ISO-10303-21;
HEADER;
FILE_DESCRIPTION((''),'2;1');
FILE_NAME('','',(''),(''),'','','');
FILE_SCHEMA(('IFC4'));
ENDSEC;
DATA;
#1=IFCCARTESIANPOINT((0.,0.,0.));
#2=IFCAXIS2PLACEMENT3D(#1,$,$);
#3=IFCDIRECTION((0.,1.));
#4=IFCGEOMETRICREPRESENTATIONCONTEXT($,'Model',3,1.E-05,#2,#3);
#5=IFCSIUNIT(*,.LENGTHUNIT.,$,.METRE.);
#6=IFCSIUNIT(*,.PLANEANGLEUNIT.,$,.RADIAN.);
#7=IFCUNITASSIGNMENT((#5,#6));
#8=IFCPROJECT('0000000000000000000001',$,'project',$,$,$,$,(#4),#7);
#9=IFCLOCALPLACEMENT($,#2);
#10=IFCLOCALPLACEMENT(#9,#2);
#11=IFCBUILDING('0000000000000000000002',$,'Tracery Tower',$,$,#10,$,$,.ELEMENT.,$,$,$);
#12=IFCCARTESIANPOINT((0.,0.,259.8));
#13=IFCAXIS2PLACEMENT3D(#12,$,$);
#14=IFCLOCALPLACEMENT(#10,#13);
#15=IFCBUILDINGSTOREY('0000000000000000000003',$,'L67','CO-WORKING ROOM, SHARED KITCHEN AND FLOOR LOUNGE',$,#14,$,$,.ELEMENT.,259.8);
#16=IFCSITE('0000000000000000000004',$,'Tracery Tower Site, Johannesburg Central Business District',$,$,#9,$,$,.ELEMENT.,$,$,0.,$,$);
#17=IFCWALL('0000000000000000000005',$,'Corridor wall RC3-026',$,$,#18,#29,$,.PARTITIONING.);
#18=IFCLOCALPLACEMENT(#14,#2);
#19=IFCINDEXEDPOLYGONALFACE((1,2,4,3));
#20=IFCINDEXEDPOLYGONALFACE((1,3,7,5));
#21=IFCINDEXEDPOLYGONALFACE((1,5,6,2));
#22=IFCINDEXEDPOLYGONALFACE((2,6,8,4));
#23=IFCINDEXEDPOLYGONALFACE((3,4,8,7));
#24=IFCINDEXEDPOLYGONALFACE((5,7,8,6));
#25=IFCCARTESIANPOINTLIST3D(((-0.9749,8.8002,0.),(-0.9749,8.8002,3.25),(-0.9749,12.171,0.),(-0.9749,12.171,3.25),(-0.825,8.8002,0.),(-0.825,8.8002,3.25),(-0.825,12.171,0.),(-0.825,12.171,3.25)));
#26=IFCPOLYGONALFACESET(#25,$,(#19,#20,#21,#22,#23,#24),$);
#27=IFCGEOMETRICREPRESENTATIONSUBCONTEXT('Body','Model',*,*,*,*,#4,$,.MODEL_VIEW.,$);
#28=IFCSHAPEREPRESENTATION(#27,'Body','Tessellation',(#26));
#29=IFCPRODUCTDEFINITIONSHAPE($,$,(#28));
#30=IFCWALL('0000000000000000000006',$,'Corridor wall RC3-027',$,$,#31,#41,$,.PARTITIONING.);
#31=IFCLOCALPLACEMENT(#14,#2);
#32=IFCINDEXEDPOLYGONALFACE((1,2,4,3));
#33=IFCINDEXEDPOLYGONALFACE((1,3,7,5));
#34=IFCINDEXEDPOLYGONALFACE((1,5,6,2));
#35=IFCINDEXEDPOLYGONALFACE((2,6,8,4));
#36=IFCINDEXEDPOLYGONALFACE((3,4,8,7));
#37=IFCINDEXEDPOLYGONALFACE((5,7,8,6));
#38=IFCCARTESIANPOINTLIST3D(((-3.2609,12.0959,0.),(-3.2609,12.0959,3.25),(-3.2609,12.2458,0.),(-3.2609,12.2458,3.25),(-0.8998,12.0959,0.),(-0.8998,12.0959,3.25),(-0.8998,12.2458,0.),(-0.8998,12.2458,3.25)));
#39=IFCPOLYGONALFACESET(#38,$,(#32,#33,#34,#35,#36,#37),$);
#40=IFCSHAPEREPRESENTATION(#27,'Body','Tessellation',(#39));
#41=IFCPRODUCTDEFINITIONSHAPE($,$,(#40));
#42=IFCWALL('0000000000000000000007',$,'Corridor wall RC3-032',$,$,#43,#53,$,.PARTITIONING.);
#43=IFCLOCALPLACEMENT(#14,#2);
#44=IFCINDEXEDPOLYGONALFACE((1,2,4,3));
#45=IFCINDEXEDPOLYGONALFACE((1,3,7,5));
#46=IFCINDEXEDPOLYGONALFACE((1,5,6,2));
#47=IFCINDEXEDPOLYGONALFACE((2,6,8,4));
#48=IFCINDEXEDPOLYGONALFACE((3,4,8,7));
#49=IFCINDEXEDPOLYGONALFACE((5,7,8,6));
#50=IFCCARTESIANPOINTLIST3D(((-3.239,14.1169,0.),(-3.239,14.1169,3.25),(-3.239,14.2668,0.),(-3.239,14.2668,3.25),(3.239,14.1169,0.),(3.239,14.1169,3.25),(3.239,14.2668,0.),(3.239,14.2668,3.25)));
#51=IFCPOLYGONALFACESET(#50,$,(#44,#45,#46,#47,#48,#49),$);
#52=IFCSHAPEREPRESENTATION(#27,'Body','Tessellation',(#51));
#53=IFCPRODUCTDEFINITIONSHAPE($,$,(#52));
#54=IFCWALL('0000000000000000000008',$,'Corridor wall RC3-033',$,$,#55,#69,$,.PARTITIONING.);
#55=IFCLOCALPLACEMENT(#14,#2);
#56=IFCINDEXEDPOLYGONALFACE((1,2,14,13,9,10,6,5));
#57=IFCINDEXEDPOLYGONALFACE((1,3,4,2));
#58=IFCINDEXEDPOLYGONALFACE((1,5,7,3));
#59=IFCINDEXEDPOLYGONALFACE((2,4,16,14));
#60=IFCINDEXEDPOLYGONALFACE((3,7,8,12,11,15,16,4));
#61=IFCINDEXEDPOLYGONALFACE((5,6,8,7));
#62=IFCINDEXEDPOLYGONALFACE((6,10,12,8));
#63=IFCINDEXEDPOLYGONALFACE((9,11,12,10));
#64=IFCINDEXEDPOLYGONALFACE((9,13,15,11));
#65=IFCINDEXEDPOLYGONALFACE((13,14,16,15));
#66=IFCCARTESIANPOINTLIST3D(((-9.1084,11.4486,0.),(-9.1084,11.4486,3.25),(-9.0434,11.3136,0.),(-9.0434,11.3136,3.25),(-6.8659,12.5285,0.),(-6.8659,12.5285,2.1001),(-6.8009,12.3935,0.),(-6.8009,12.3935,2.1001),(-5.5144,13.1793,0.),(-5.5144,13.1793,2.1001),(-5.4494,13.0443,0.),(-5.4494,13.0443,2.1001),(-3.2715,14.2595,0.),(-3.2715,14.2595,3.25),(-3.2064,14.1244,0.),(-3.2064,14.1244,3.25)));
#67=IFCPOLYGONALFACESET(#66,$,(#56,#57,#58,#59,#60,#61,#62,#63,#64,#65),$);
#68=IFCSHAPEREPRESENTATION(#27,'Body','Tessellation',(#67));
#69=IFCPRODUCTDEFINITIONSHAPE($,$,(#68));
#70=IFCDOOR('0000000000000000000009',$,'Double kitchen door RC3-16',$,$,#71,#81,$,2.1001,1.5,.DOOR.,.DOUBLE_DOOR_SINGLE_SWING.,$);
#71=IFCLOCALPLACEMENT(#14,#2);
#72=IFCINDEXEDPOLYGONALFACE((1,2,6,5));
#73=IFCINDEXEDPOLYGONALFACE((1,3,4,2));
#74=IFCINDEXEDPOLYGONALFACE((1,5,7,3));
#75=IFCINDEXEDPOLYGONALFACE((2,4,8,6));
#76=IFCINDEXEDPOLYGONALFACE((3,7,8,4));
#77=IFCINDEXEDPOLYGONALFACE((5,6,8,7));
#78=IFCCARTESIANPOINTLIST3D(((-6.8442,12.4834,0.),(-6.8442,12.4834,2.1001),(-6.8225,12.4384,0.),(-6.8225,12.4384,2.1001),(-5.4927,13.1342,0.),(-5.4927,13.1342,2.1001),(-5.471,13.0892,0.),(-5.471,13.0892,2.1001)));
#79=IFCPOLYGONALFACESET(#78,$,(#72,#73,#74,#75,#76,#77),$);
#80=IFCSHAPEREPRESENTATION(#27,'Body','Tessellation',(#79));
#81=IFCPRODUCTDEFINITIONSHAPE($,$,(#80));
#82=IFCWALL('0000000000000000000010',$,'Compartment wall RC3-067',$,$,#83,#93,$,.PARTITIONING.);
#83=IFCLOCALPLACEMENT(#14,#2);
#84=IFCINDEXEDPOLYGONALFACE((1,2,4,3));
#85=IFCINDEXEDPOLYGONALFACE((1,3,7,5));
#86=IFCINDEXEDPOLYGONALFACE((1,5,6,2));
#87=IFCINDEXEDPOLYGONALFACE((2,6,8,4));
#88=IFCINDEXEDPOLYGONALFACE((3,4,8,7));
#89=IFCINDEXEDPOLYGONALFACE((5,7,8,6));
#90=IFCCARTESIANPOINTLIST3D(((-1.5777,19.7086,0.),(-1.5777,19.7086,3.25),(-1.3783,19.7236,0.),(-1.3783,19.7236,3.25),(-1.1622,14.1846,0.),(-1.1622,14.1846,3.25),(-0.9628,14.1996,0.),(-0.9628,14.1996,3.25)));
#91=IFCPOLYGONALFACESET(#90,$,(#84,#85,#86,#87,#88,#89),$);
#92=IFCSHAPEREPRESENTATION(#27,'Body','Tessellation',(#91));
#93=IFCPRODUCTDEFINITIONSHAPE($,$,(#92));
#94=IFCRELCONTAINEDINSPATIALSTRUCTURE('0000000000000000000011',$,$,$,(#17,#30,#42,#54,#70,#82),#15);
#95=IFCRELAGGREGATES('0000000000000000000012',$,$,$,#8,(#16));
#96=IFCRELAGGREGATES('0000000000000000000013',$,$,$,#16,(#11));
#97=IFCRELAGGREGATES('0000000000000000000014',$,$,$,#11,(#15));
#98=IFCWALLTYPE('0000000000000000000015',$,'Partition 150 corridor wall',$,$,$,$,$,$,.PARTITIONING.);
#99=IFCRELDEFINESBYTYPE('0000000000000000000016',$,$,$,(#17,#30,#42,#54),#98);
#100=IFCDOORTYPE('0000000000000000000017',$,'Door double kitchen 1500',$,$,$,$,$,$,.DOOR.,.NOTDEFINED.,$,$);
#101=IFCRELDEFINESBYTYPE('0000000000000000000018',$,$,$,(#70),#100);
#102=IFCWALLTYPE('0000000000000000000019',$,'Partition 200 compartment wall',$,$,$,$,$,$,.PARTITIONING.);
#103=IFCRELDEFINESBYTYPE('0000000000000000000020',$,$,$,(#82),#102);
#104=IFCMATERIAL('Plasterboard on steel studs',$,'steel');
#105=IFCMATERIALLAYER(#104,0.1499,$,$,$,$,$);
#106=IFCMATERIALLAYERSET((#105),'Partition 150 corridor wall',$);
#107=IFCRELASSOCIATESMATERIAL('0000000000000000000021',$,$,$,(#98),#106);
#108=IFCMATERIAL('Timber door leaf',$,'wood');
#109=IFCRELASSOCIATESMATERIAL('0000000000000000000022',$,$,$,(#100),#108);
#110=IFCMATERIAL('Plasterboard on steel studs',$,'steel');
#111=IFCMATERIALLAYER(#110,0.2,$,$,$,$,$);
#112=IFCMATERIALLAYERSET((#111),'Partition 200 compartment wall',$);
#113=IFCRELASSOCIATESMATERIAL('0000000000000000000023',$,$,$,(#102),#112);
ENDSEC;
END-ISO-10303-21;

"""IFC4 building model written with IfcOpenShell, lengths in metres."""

from ifc_helpers import new_model, si_unit, direction, frame, frame_2d, origin, place, context, subcontext, project, spatial, rectangle, extrude, material, layer, layer_set, type_object, element, fill, save


model = new_model("IFC4")

# Units and contexts
model_context = context("Model", 3, precision=1e-05, world=origin(), true_north=direction((0.0, 1.0)))
body_context = subcontext(model_context, "Body", "Model", "MODEL_VIEW")
ifc_project = project(units=[si_unit("LENGTHUNIT", "METRE"), si_unit("PLANEANGLEUNIT", "RADIAN")], contexts=[model_context])

# Site, building, storey
site_placement = place(None, origin())
site = spatial("IfcSite", under=ifc_project, at=site_placement, Name="Tracery Tower Site, Johannesburg Central Business District", CompositionType="ELEMENT", RefElevation=0.0)
building_placement = place(site_placement, origin())
building = spatial("IfcBuilding", under=site, at=building_placement, Name="Tracery Tower", CompositionType="ELEMENT")
storey_placement = place(building_placement, frame((0.0, 0.0, 259.8)))
storey = spatial("IfcBuildingStorey", under=building, at=storey_placement, Name="L67", Description="CO-WORKING ROOM, SHARED KITCHEN AND FLOOR LOUNGE", CompositionType="ELEMENT", Elevation=259.8)

# Shared definitions
ifc_material_1 = material(Name="Plasterboard on steel studs", Category="steel")
ifc_layer_1 = layer(ifc_material_1, 0.1499)
ifc_layer_set_1 = layer_set([ifc_layer_1], Name="Partition 150 corridor wall")
wall_type_1 = type_object("IfcWallType", Name="Partition 150 corridor wall", PredefinedType="PARTITIONING", material=ifc_layer_set_1)

# Walls
wall_1_placement = place(storey_placement, frame((-0.8999, 8.8, 0.0), z_axis=(0.0, 0.0, 1.0), x_axis=(0.0, 1.0, 0.0)))
element("IfcWall", 1, at=wall_1_placement, inside=storey, type_object=wall_type_1, Name="Corridor wall RC3-026", PredefinedType="PARTITIONING", context=body_context, shape_type="SweptSolid", body=[
    extrude(rectangle(XDim=3.3708, YDim=0.1499, at=frame_2d((1.6855, 0.0))), origin(), (0.0, 0.0, 1.0), 3.25),
])
wall_2_placement = place(storey_placement, frame((-3.261, 12.1709, 0.0), z_axis=(0.0, 0.0, 1.0), x_axis=(1.0, 0.0, 0.0)))
element("IfcWall", 2, at=wall_2_placement, inside=storey, type_object=wall_type_1, Name="Corridor wall RC3-027", PredefinedType="PARTITIONING", context=body_context, shape_type="SweptSolid", body=[
    extrude(rectangle(XDim=2.3611, YDim=0.1499, at=frame_2d((1.1807, 0.0))), origin(), (0.0, 0.0, 1.0), 3.25),
])
wall_3_placement = place(storey_placement, frame((-3.239, 14.1919, 0.0), z_axis=(0.0, 0.0, 1.0), x_axis=(1.0, 0.0, 0.0)))
element("IfcWall", 3, at=wall_3_placement, inside=storey, type_object=wall_type_1, Name="Corridor wall RC3-032", PredefinedType="PARTITIONING", context=body_context, shape_type="SweptSolid", body=[
    extrude(rectangle(XDim=6.478, YDim=0.1499, at=frame_2d((3.239, 0.0))), origin(), (0.0, 0.0, 1.0), 3.25),
])

# Wall, opening, door
wall_4_placement = place(storey_placement, frame((-9.0759, 11.3811, 0.0), z_axis=(0.0, 0.0, 1.0), x_axis=(0.900976, 0.433869, 0.0)))
wall_4 = element("IfcWall", 4, at=wall_4_placement, inside=storey, type_object=wall_type_1, Name="Corridor wall RC3-033", PredefinedType="PARTITIONING", context=body_context, shape_type="SweptSolid", body=[
    extrude(rectangle(XDim=6.4785, YDim=0.1499, at=frame_2d((3.2393, 0.0))), origin(), (0.0, 0.0, 1.0), 3.25),
])
opening_1_placement = place(wall_4_placement, frame((2.489, 0.0, 0.0)))
opening_1 = element("IfcOpeningElement", 5, at=opening_1_placement, cuts=wall_4, PredefinedType="OPENING", context=body_context, shape_type="SweptSolid", body=[
    extrude(rectangle(XDim=1.5, YDim=2.1001, at=frame_2d((0.75, 1.05))), frame((0.0, 0.075, 0.0), z_axis=(0.0, -1.0, 0.0), x_axis=(1.0, 0.0, 0.0)), (0.0, 0.0, 1.0), 0.1499),
])
ifc_material_2 = material(Name="Timber door leaf", Category="wood")
door_type_1 = type_object("IfcDoorType", Name="Door double kitchen 1500", OperationType="NOTDEFINED", PredefinedType="DOOR", material=ifc_material_2)
door_1_placement = place(opening_1_placement, origin())
door_1 = element("IfcDoor", 6, at=door_1_placement, inside=storey, type_object=door_type_1, Name="Double kitchen door RC3-16", OperationType="DOUBLE_DOOR_SINGLE_SWING", OverallHeight=2.1001, OverallWidth=1.5, PredefinedType="DOOR", context=body_context, shape_type="SweptSolid", body=[
    extrude(rectangle(XDim=1.5, YDim=2.1001, at=frame_2d((0.75, 1.05))), frame((0.0, 0.0249, 0.0), z_axis=(0.0, -1.0, 0.0), x_axis=(1.0, 0.0, 0.0)), (0.0, 0.0, 1.0), 0.05),
])
fill(opening_1, door_1)

# Wall
ifc_material_3 = material(Name="Plasterboard on steel studs", Category="steel")
ifc_layer_2 = layer(ifc_material_3, 0.2)
ifc_layer_set_2 = layer_set([ifc_layer_2], Name="Partition 200 compartment wall")
wall_type_2 = type_object("IfcWallType", Name="Partition 200 compartment wall", PredefinedType="PARTITIONING", material=ifc_layer_set_2)
wall_5_placement = place(storey_placement, frame((-1.478, 19.7161, 0.0), z_axis=(0.0, 0.0, 1.0), x_axis=(0.075011, -0.997183, 0.0)))
element("IfcWall", 7, at=wall_5_placement, inside=storey, type_object=wall_type_2, Name="Compartment wall RC3-067", PredefinedType="PARTITIONING", context=body_context, shape_type="SweptSolid", body=[
    extrude(rectangle(XDim=5.5396, YDim=0.2, at=frame_2d((2.7698, 0.0))), origin(), (0.0, 0.0, 1.0), 3.25),
])

save(model, "model.ifc")
